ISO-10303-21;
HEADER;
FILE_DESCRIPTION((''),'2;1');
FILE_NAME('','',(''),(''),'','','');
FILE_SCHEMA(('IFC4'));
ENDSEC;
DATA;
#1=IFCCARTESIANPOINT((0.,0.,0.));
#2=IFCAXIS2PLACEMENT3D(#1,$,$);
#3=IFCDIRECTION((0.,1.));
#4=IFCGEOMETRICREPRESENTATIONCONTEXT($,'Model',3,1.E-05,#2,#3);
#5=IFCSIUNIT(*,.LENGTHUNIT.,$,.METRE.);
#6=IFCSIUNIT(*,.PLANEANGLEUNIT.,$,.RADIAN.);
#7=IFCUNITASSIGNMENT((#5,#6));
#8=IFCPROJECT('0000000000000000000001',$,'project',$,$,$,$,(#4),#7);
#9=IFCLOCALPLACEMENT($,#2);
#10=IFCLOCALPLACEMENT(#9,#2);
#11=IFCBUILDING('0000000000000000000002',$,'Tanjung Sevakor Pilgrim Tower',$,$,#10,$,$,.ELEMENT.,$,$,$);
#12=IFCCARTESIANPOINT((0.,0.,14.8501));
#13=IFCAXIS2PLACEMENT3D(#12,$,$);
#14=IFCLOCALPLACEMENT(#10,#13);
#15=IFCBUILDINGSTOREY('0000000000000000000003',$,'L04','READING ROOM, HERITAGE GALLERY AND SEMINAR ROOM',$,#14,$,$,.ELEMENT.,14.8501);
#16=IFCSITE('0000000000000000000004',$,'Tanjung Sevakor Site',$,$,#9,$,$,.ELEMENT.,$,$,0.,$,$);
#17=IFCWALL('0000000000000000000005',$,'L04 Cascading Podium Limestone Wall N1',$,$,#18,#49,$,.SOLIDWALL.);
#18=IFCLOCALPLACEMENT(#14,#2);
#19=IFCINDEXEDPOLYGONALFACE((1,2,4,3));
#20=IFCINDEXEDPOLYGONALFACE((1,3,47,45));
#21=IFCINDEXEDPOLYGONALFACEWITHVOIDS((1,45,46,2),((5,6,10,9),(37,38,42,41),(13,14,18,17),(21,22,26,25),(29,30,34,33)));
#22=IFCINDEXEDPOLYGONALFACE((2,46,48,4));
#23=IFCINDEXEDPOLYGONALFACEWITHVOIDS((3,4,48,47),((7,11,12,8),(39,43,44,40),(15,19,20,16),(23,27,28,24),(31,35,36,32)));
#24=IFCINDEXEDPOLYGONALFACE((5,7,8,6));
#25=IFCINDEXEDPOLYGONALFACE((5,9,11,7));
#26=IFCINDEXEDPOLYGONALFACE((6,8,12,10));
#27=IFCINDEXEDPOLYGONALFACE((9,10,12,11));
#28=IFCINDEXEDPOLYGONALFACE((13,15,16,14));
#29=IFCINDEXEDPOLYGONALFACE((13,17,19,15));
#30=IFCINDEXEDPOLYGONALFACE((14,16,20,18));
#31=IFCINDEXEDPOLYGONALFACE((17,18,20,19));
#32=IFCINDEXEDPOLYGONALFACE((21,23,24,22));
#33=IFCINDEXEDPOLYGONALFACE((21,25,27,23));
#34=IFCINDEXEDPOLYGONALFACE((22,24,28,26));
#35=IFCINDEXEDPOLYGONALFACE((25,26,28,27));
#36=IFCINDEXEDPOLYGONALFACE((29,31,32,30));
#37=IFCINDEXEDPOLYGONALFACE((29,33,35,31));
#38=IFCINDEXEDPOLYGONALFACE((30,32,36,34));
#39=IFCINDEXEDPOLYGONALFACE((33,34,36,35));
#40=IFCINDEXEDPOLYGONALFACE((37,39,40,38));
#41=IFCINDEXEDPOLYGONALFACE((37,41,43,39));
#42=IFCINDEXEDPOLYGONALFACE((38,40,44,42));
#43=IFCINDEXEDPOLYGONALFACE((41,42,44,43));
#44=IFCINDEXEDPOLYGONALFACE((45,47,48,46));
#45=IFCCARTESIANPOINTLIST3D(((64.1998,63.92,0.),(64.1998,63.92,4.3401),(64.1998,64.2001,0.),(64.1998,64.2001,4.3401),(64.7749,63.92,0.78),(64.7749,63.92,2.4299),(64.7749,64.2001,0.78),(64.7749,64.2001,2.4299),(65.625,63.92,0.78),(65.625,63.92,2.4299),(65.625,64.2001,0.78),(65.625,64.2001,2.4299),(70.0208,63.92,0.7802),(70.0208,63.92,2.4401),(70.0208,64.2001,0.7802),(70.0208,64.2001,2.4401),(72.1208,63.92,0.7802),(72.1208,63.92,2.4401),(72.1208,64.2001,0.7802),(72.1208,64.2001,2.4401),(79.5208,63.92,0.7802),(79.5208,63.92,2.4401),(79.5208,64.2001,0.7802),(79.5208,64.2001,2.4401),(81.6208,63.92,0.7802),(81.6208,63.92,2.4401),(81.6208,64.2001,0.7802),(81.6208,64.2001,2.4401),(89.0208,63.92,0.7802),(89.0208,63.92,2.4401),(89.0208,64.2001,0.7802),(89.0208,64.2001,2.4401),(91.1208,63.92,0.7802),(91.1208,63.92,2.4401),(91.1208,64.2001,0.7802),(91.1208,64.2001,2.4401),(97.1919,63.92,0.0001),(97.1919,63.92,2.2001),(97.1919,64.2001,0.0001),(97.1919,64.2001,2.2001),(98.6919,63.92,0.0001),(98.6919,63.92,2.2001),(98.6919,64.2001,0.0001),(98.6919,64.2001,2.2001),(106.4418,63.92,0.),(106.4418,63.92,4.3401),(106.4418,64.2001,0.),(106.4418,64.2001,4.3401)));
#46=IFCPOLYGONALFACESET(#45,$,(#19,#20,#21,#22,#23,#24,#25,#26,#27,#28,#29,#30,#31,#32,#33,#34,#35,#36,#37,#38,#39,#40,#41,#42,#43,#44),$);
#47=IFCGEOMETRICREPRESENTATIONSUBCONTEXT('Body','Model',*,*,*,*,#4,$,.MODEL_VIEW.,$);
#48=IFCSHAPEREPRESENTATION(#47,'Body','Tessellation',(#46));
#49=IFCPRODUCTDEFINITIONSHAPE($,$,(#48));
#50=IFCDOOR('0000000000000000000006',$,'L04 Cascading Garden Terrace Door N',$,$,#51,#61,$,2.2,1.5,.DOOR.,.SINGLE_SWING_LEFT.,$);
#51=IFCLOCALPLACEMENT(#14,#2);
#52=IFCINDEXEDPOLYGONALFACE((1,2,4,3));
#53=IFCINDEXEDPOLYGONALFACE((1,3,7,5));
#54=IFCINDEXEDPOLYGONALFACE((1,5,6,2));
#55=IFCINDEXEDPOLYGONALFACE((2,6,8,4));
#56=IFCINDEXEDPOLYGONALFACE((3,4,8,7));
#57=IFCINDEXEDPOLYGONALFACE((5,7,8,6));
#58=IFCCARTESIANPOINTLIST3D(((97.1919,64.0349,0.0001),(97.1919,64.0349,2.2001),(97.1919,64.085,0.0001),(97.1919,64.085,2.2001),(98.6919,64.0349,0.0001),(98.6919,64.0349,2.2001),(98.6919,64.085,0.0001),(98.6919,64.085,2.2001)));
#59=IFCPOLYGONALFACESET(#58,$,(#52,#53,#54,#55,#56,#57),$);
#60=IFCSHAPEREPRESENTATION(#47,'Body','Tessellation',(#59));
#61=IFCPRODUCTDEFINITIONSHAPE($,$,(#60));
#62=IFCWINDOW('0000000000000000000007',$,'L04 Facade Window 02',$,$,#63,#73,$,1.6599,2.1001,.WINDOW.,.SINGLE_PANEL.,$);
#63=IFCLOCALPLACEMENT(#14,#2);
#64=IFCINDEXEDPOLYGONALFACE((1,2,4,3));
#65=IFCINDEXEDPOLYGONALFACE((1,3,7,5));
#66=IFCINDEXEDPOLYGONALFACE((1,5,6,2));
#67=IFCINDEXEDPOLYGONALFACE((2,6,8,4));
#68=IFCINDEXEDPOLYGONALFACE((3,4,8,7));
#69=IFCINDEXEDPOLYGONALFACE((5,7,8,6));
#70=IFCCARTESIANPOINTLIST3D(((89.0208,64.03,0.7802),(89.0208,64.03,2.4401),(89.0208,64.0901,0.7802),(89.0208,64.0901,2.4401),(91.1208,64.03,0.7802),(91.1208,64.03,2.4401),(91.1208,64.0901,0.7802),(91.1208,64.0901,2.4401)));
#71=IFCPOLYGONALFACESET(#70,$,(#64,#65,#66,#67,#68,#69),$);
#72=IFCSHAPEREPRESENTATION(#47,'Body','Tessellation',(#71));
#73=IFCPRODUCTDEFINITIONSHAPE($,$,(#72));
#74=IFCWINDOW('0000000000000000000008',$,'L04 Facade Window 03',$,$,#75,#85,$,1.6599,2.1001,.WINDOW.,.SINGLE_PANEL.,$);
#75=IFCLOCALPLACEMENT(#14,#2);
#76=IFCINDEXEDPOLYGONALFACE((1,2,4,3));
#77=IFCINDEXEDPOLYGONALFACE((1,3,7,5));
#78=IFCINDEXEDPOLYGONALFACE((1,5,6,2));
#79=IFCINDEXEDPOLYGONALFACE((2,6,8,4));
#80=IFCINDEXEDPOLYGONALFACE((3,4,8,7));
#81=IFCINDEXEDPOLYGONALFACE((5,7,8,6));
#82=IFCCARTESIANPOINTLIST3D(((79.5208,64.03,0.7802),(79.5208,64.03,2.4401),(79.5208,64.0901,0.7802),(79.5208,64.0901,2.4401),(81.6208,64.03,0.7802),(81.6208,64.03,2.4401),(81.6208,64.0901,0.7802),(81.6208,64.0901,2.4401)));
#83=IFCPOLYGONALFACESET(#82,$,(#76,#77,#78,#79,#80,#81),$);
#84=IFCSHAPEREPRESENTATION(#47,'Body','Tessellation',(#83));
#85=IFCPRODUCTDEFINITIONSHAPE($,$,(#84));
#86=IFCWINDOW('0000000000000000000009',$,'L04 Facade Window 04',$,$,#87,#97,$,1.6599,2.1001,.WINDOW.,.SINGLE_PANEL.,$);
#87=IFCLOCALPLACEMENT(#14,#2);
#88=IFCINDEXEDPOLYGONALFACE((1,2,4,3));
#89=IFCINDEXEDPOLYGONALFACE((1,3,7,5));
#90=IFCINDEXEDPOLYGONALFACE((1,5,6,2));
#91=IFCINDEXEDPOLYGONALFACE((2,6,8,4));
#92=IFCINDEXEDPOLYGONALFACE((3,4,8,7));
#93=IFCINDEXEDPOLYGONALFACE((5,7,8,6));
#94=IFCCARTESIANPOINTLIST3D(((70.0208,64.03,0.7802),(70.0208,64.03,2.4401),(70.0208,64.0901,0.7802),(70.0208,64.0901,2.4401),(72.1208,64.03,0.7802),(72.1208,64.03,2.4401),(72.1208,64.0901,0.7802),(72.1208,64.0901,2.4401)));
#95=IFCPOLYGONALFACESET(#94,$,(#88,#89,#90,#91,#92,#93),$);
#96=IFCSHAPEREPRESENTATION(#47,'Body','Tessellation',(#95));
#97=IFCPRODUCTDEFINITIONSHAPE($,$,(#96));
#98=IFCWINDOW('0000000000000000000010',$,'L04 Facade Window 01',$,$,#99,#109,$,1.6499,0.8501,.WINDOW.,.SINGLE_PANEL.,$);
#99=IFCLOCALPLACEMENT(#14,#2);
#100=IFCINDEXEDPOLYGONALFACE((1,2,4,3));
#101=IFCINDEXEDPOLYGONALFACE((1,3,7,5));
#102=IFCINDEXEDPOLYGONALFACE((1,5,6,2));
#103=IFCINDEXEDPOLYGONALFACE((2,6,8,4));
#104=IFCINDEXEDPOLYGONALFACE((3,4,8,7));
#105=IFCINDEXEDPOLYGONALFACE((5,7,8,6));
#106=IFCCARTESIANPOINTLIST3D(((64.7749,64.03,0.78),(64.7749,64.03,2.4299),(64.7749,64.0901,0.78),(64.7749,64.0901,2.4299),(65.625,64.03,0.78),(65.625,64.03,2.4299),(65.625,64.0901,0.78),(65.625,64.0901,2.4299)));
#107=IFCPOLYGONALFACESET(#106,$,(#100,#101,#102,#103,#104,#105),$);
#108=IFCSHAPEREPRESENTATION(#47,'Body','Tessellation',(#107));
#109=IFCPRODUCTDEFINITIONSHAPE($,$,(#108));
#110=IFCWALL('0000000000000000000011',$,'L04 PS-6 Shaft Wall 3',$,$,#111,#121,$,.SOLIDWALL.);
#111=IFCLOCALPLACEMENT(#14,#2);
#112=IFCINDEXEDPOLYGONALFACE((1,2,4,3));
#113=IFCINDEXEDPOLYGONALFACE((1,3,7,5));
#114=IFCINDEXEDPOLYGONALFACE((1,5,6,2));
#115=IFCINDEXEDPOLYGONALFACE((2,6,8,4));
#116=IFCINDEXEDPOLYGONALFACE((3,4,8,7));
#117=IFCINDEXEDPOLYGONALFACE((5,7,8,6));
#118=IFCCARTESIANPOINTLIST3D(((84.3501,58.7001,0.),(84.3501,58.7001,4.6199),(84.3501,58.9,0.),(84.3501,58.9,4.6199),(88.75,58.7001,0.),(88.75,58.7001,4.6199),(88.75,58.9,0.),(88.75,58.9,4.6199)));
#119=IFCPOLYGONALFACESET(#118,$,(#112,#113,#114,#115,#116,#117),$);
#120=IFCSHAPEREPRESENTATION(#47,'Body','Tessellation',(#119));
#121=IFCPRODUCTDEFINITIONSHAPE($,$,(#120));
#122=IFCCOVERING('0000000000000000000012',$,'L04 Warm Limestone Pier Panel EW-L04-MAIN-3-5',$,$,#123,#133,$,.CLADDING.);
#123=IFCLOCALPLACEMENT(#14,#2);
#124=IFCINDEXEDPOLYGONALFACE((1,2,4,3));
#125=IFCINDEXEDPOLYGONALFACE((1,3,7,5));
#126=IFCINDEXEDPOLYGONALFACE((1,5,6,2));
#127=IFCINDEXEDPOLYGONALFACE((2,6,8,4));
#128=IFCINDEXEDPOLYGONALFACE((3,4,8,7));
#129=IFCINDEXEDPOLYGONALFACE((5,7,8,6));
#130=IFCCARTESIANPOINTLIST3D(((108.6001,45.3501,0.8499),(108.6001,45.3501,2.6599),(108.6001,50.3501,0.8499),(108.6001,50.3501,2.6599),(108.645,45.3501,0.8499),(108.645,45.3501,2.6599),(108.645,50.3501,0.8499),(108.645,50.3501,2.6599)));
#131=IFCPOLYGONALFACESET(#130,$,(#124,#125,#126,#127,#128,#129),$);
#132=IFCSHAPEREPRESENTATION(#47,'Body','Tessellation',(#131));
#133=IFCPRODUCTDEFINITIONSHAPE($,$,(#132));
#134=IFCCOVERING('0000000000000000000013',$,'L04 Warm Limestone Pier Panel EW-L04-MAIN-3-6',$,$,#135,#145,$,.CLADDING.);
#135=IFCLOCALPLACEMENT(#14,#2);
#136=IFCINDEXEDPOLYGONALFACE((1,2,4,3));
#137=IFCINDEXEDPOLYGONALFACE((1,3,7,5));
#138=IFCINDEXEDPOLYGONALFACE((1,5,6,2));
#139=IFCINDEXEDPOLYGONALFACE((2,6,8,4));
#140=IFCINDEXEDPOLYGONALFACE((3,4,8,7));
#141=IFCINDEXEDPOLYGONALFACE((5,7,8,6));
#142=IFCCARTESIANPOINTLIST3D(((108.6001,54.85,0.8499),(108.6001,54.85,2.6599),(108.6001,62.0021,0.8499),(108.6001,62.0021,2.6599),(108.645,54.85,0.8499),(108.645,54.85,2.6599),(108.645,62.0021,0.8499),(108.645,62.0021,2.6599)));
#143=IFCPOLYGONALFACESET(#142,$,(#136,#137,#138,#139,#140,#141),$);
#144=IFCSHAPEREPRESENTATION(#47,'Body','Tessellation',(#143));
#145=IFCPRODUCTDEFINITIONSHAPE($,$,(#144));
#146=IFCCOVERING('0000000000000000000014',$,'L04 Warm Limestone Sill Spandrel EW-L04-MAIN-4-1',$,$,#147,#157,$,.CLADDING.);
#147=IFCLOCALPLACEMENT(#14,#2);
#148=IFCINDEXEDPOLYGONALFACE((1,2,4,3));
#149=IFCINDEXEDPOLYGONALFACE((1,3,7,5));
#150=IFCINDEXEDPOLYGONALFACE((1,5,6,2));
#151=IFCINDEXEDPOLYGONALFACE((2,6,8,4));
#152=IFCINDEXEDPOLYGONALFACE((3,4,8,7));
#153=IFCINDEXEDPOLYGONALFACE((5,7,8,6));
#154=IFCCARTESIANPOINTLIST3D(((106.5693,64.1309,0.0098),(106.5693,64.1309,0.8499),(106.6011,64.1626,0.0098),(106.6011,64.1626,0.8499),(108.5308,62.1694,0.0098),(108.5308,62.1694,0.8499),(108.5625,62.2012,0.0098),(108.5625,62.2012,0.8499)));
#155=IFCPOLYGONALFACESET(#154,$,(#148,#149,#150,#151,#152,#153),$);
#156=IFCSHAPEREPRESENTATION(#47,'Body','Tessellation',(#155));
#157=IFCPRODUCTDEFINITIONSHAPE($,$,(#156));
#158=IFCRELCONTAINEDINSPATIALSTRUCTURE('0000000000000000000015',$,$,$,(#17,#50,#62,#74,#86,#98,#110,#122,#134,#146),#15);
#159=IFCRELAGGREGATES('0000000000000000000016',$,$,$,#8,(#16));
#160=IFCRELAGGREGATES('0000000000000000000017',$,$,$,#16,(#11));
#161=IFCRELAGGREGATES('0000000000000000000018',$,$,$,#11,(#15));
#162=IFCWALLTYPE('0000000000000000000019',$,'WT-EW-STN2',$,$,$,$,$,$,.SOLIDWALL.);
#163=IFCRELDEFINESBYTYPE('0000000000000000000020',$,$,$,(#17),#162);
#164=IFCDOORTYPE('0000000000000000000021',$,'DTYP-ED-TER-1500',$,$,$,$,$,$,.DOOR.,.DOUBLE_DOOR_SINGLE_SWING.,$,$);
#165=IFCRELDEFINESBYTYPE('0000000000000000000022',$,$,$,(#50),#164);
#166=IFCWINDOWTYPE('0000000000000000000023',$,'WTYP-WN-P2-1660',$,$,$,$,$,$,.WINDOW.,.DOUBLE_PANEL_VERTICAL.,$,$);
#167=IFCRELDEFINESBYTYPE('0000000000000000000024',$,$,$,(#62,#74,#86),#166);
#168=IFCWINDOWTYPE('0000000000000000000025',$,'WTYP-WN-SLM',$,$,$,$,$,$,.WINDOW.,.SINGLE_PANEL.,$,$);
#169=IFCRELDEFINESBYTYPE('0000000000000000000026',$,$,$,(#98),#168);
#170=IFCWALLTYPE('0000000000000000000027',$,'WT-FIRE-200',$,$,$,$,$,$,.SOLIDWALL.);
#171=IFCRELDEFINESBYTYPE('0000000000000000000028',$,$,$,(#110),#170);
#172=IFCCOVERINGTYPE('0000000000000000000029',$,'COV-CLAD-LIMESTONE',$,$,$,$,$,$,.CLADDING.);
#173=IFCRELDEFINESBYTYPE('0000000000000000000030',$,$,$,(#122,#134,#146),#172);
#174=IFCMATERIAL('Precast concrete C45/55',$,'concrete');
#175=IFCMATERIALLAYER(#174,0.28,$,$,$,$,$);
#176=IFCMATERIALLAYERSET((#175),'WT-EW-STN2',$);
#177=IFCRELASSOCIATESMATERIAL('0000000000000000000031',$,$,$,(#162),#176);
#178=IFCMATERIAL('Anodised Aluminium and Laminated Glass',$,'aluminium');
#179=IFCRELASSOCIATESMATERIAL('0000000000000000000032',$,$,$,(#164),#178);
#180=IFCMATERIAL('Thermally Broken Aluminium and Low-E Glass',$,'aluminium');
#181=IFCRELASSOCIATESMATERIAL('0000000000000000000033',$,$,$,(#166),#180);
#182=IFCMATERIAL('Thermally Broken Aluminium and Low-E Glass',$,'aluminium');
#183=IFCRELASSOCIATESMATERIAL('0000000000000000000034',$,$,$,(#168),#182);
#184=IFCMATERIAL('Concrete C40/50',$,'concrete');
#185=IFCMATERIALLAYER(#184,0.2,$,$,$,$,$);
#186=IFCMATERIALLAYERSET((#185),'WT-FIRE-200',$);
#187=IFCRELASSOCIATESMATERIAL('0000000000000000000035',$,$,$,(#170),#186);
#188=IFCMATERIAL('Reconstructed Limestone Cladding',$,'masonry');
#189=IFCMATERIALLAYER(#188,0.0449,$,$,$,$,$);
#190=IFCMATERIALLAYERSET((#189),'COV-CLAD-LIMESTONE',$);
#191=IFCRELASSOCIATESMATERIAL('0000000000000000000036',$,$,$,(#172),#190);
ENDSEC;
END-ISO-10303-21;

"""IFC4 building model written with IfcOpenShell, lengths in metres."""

from ifc_helpers import new_model, si_unit, direction, frame, frame_2d, origin, origin_2d, place, context, subcontext, project, spatial, rectangle, extrude, material, layer, layer_set, type_object, element, fill, save


model = new_model("IFC4")

# Units and contexts
model_context = context("Model", 3, precision=1e-05, world=origin(), true_north=direction((0.0, 1.0)))
body_context = subcontext(model_context, "Body", "Model", "MODEL_VIEW")
ifc_project = project(units=[si_unit("LENGTHUNIT", "METRE"), si_unit("PLANEANGLEUNIT", "RADIAN")], contexts=[model_context])

# Site, building, storey
site_placement = place(None, origin())
site = spatial("IfcSite", under=ifc_project, at=site_placement, Name="Tanjung Sevakor Site", CompositionType="ELEMENT", RefElevation=0.0)
building_placement = place(site_placement, origin())
building = spatial("IfcBuilding", under=site, at=building_placement, Name="Tanjung Sevakor Pilgrim Tower", CompositionType="ELEMENT")
storey_placement = place(building_placement, frame((0.0, 0.0, 14.8501)))
storey = spatial("IfcBuildingStorey", under=building, at=storey_placement, Name="L04", Description="READING ROOM, HERITAGE GALLERY AND SEMINAR ROOM", CompositionType="ELEMENT", Elevation=14.8501)

# Shared definitions
ifc_material_1 = material(Name="Precast concrete C45/55", Category="concrete")
ifc_layer_1 = layer(ifc_material_1, 0.28)
ifc_layer_set_1 = layer_set([ifc_layer_1], Name="WT-EW-STN2")
wall_type_1 = type_object("IfcWallType", Name="WT-EW-STN2", PredefinedType="SOLIDWALL", material=ifc_layer_set_1)

# Wall, openings, door, windows
wall_1_placement = place(storey_placement, frame((106.4419, 64.0601, 0.0), z_axis=(0.0, 0.0, 1.0), x_axis=(-1.0, 0.0, 0.0)))
wall_1 = element("IfcWall", 1, at=wall_1_placement, inside=storey, type_object=wall_type_1, Name="L04 Cascading Podium Limestone Wall N1", PredefinedType="SOLIDWALL", context=body_context, shape_type="SweptSolid", body=[
    extrude(rectangle(XDim=42.2419, YDim=0.28, at=frame_2d((21.1211, 0.0))), origin(), (0.0, 0.0, 1.0), 4.3401),
])
opening_1_placement = place(wall_1_placement, frame((7.75, 0.0, 0.0)))
opening_1 = element("IfcOpeningElement", 2, at=opening_1_placement, cuts=wall_1, PredefinedType="OPENING", context=body_context, shape_type="SweptSolid", body=[
    extrude(rectangle(XDim=1.5, YDim=2.2, at=frame_2d((0.75, 1.1001))), frame((0.0, 0.1499, 0.0), z_axis=(0.0, -1.0, 0.0), x_axis=(1.0, 0.0, 0.0)), (0.0, 0.0, 1.0), 0.3),
])
opening_2_placement = place(wall_1_placement, frame((40.8169, 0.0, 0.78)))
opening_2 = element("IfcOpeningElement", 3, at=opening_2_placement, cuts=wall_1, PredefinedType="OPENING", context=body_context, shape_type="SweptSolid", body=[
    extrude(rectangle(XDim=0.8501, YDim=1.6499, at=frame_2d((0.425, 0.825))), frame((0.0, 0.1499, 0.0), z_axis=(0.0, -1.0, 0.0), x_axis=(1.0, 0.0, 0.0)), (0.0, 0.0, 1.0), 0.3),
])
opening_3_placement = place(wall_1_placement, frame((15.321, 0.0, 0.78)))
opening_3 = element("IfcOpeningElement", 4, at=opening_3_placement, cuts=wall_1, PredefinedType="OPENING", context=body_context, shape_type="SweptSolid", body=[
    extrude(rectangle(XDim=2.1001, YDim=1.6599, at=frame_2d((1.05, 0.8301))), frame((0.0, 0.1499, 0.0), z_axis=(0.0, -1.0, 0.0), x_axis=(1.0, 0.0, 0.0)), (0.0, 0.0, 1.0), 0.3),
])
opening_4_placement = place(wall_1_placement, frame((24.821, 0.0, 0.78)))
opening_4 = element("IfcOpeningElement", 5, at=opening_4_placement, cuts=wall_1, PredefinedType="OPENING", context=body_context, shape_type="SweptSolid", body=[
    extrude(rectangle(XDim=2.1001, YDim=1.6599, at=frame_2d((1.05, 0.8301))), frame((0.0, 0.1499, 0.0), z_axis=(0.0, -1.0, 0.0), x_axis=(1.0, 0.0, 0.0)), (0.0, 0.0, 1.0), 0.3),
])
opening_5_placement = place(wall_1_placement, frame((34.321, 0.0, 0.78)))
opening_5 = element("IfcOpeningElement", 6, at=opening_5_placement, cuts=wall_1, PredefinedType="OPENING", context=body_context, shape_type="SweptSolid", body=[
    extrude(rectangle(XDim=2.1001, YDim=1.6599, at=frame_2d((1.05, 0.8301))), frame((0.0, 0.1499, 0.0), z_axis=(0.0, -1.0, 0.0), x_axis=(1.0, 0.0, 0.0)), (0.0, 0.0, 1.0), 0.3),
])
ifc_material_2 = material(Name="Anodised Aluminium and Laminated Glass", Category="aluminium")
door_type_1 = type_object("IfcDoorType", Name="DTYP-ED-TER-1500", OperationType="DOUBLE_DOOR_SINGLE_SWING", PredefinedType="DOOR", material=ifc_material_2)
door_1_placement = place(opening_1_placement, frame((1.5, 0.0, 0.0), z_axis=(0.0, 0.0, 1.0), x_axis=(-1.0, 0.0, 0.0)))
door_1 = element("IfcDoor", 7, at=door_1_placement, inside=storey, type_object=door_type_1, Name="L04 Cascading Garden Terrace Door N", OperationType="SINGLE_SWING_LEFT", OverallHeight=2.2, OverallWidth=1.5, PredefinedType="DOOR", context=body_context, shape_type="SweptSolid", body=[
    extrude(rectangle(XDim=1.5, YDim=2.2, at=frame_2d((0.75, 1.1001))), frame((0.0, 0.0249, 0.0), z_axis=(0.0, -1.0, 0.0), x_axis=(1.0, 0.0, 0.0)), (0.0, 0.0, 1.0), 0.05),
])
fill(opening_1, door_1)
ifc_material_3 = material(Name="Thermally Broken Aluminium and Low-E Glass", Category="aluminium")
window_type_1 = type_object("IfcWindowType", Name="WTYP-WN-P2-1660", PartitioningType="DOUBLE_PANEL_VERTICAL", PredefinedType="WINDOW", material=ifc_material_3)
window_1_placement = place(opening_3_placement, origin())
window_1 = element("IfcWindow", 8, at=window_1_placement, inside=storey, type_object=window_type_1, Name="L04 Facade Window 02", OverallHeight=1.6599, OverallWidth=2.1001, PartitioningType="SINGLE_PANEL", PredefinedType="WINDOW", context=body_context, shape_type="SweptSolid", body=[
    extrude(rectangle(XDim=2.1001, YDim=1.6599, at=frame_2d((1.05, 0.8301))), frame((0.0, 0.03, 0.0), z_axis=(0.0, -1.0, 0.0), x_axis=(1.0, 0.0, 0.0)), (0.0, 0.0, 1.0), 0.0601),
])
fill(opening_3, window_1)
window_2_placement = place(opening_4_placement, origin())
window_2 = element("IfcWindow", 9, at=window_2_placement, inside=storey, type_object=window_type_1, Name="L04 Facade Window 03", OverallHeight=1.6599, OverallWidth=2.1001, PartitioningType="SINGLE_PANEL", PredefinedType="WINDOW", context=body_context, shape_type="SweptSolid", body=[
    extrude(rectangle(XDim=2.1001, YDim=1.6599, at=frame_2d((1.05, 0.8301))), frame((0.0, 0.03, 0.0), z_axis=(0.0, -1.0, 0.0), x_axis=(1.0, 0.0, 0.0)), (0.0, 0.0, 1.0), 0.0601),
])
fill(opening_4, window_2)
window_3_placement = place(opening_5_placement, origin())
window_3 = element("IfcWindow", 10, at=window_3_placement, inside=storey, type_object=window_type_1, Name="L04 Facade Window 04", OverallHeight=1.6599, OverallWidth=2.1001, PartitioningType="SINGLE_PANEL", PredefinedType="WINDOW", context=body_context, shape_type="SweptSolid", body=[
    extrude(rectangle(XDim=2.1001, YDim=1.6599, at=frame_2d((1.05, 0.8301))), frame((0.0, 0.03, 0.0), z_axis=(0.0, -1.0, 0.0), x_axis=(1.0, 0.0, 0.0)), (0.0, 0.0, 1.0), 0.0601),
])
fill(opening_5, window_3)
ifc_material_4 = material(Name="Thermally Broken Aluminium and Low-E Glass", Category="aluminium")
window_type_2 = type_object("IfcWindowType", Name="WTYP-WN-SLM", PartitioningType="SINGLE_PANEL", PredefinedType="WINDOW", material=ifc_material_4)
window_4_placement = place(opening_2_placement, origin())
window_4 = element("IfcWindow", 11, at=window_4_placement, inside=storey, type_object=window_type_2, Name="L04 Facade Window 01", OverallHeight=1.6499, OverallWidth=0.8501, PartitioningType="SINGLE_PANEL", PredefinedType="WINDOW", context=body_context, shape_type="SweptSolid", body=[
    extrude(rectangle(XDim=0.8501, YDim=1.6499, at=frame_2d((0.425, 0.825))), frame((0.0, 0.03, 0.0), z_axis=(0.0, -1.0, 0.0), x_axis=(1.0, 0.0, 0.0)), (0.0, 0.0, 1.0), 0.0601),
])
fill(opening_2, window_4)

# Wall
ifc_material_5 = material(Name="Concrete C40/50", Category="concrete")
ifc_layer_2 = layer(ifc_material_5, 0.2)
ifc_layer_set_2 = layer_set([ifc_layer_2], Name="WT-FIRE-200")
wall_type_2 = type_object("IfcWallType", Name="WT-FIRE-200", PredefinedType="SOLIDWALL", material=ifc_layer_set_2)
wall_2_placement = place(storey_placement, frame((88.75, 58.8, 0.0), z_axis=(0.0, 0.0, 1.0), x_axis=(-1.0, 0.0, 0.0)))
element("IfcWall", 12, at=wall_2_placement, inside=storey, type_object=wall_type_2, Name="L04 PS-6 Shaft Wall 3", PredefinedType="SOLIDWALL", context=body_context, shape_type="SweptSolid", body=[
    extrude(rectangle(XDim=4.3999, YDim=0.2, at=frame_2d((2.2, 0.0))), origin(), (0.0, 0.0, 1.0), 4.6199),
])

# Coverings
ifc_material_6 = material(Name="Reconstructed Limestone Cladding", Category="masonry")
ifc_layer_3 = layer(ifc_material_6, 0.0449)
ifc_layer_set_3 = layer_set([ifc_layer_3], Name="COV-CLAD-LIMESTONE")
covering_type = type_object("IfcCoveringType", Name="COV-CLAD-LIMESTONE", PredefinedType="CLADDING", material=ifc_layer_set_3)
covering_1_placement = place(storey_placement, frame((108.6226, 47.8501, 0.8499), z_axis=(0.0, 0.0, 1.0), x_axis=(0.0, 1.0, 0.0)))
element("IfcCovering", 13, at=covering_1_placement, inside=storey, type_object=covering_type, Name="L04 Warm Limestone Pier Panel EW-L04-MAIN-3-5", PredefinedType="CLADDING", context=body_context, shape_type="SweptSolid", body=[
    extrude(rectangle(XDim=5.0, YDim=0.0449, at=origin_2d()), origin(), (0.0, 0.0, 1.0), 1.8101),
])
covering_2_placement = place(storey_placement, frame((108.6226, 58.426, 0.8499), z_axis=(0.0, 0.0, 1.0), x_axis=(0.0, 1.0, 0.0)))
element("IfcCovering", 14, at=covering_2_placement, inside=storey, type_object=covering_type, Name="L04 Warm Limestone Pier Panel EW-L04-MAIN-3-6", PredefinedType="CLADDING", context=body_context, shape_type="SweptSolid", body=[
    extrude(rectangle(XDim=7.1521, YDim=0.0449, at=origin_2d()), origin(), (0.0, 0.0, 1.0), 1.8101),
])
covering_3_placement = place(storey_placement, frame((107.5659, 63.166, 0.0098), z_axis=(0.0, 0.0, 1.0), x_axis=(-0.707107, 0.707107, 0.0)))
element("IfcCovering", 15, at=covering_3_placement, inside=storey, type_object=covering_type, Name="L04 Warm Limestone Sill Spandrel EW-L04-MAIN-4-1", PredefinedType="CLADDING", context=body_context, shape_type="SweptSolid", body=[
    extrude(rectangle(XDim=2.7739, YDim=0.0449, at=origin_2d()), origin(), (0.0, 0.0, 1.0), 0.8401),
])

save(model, "model.ifc")
